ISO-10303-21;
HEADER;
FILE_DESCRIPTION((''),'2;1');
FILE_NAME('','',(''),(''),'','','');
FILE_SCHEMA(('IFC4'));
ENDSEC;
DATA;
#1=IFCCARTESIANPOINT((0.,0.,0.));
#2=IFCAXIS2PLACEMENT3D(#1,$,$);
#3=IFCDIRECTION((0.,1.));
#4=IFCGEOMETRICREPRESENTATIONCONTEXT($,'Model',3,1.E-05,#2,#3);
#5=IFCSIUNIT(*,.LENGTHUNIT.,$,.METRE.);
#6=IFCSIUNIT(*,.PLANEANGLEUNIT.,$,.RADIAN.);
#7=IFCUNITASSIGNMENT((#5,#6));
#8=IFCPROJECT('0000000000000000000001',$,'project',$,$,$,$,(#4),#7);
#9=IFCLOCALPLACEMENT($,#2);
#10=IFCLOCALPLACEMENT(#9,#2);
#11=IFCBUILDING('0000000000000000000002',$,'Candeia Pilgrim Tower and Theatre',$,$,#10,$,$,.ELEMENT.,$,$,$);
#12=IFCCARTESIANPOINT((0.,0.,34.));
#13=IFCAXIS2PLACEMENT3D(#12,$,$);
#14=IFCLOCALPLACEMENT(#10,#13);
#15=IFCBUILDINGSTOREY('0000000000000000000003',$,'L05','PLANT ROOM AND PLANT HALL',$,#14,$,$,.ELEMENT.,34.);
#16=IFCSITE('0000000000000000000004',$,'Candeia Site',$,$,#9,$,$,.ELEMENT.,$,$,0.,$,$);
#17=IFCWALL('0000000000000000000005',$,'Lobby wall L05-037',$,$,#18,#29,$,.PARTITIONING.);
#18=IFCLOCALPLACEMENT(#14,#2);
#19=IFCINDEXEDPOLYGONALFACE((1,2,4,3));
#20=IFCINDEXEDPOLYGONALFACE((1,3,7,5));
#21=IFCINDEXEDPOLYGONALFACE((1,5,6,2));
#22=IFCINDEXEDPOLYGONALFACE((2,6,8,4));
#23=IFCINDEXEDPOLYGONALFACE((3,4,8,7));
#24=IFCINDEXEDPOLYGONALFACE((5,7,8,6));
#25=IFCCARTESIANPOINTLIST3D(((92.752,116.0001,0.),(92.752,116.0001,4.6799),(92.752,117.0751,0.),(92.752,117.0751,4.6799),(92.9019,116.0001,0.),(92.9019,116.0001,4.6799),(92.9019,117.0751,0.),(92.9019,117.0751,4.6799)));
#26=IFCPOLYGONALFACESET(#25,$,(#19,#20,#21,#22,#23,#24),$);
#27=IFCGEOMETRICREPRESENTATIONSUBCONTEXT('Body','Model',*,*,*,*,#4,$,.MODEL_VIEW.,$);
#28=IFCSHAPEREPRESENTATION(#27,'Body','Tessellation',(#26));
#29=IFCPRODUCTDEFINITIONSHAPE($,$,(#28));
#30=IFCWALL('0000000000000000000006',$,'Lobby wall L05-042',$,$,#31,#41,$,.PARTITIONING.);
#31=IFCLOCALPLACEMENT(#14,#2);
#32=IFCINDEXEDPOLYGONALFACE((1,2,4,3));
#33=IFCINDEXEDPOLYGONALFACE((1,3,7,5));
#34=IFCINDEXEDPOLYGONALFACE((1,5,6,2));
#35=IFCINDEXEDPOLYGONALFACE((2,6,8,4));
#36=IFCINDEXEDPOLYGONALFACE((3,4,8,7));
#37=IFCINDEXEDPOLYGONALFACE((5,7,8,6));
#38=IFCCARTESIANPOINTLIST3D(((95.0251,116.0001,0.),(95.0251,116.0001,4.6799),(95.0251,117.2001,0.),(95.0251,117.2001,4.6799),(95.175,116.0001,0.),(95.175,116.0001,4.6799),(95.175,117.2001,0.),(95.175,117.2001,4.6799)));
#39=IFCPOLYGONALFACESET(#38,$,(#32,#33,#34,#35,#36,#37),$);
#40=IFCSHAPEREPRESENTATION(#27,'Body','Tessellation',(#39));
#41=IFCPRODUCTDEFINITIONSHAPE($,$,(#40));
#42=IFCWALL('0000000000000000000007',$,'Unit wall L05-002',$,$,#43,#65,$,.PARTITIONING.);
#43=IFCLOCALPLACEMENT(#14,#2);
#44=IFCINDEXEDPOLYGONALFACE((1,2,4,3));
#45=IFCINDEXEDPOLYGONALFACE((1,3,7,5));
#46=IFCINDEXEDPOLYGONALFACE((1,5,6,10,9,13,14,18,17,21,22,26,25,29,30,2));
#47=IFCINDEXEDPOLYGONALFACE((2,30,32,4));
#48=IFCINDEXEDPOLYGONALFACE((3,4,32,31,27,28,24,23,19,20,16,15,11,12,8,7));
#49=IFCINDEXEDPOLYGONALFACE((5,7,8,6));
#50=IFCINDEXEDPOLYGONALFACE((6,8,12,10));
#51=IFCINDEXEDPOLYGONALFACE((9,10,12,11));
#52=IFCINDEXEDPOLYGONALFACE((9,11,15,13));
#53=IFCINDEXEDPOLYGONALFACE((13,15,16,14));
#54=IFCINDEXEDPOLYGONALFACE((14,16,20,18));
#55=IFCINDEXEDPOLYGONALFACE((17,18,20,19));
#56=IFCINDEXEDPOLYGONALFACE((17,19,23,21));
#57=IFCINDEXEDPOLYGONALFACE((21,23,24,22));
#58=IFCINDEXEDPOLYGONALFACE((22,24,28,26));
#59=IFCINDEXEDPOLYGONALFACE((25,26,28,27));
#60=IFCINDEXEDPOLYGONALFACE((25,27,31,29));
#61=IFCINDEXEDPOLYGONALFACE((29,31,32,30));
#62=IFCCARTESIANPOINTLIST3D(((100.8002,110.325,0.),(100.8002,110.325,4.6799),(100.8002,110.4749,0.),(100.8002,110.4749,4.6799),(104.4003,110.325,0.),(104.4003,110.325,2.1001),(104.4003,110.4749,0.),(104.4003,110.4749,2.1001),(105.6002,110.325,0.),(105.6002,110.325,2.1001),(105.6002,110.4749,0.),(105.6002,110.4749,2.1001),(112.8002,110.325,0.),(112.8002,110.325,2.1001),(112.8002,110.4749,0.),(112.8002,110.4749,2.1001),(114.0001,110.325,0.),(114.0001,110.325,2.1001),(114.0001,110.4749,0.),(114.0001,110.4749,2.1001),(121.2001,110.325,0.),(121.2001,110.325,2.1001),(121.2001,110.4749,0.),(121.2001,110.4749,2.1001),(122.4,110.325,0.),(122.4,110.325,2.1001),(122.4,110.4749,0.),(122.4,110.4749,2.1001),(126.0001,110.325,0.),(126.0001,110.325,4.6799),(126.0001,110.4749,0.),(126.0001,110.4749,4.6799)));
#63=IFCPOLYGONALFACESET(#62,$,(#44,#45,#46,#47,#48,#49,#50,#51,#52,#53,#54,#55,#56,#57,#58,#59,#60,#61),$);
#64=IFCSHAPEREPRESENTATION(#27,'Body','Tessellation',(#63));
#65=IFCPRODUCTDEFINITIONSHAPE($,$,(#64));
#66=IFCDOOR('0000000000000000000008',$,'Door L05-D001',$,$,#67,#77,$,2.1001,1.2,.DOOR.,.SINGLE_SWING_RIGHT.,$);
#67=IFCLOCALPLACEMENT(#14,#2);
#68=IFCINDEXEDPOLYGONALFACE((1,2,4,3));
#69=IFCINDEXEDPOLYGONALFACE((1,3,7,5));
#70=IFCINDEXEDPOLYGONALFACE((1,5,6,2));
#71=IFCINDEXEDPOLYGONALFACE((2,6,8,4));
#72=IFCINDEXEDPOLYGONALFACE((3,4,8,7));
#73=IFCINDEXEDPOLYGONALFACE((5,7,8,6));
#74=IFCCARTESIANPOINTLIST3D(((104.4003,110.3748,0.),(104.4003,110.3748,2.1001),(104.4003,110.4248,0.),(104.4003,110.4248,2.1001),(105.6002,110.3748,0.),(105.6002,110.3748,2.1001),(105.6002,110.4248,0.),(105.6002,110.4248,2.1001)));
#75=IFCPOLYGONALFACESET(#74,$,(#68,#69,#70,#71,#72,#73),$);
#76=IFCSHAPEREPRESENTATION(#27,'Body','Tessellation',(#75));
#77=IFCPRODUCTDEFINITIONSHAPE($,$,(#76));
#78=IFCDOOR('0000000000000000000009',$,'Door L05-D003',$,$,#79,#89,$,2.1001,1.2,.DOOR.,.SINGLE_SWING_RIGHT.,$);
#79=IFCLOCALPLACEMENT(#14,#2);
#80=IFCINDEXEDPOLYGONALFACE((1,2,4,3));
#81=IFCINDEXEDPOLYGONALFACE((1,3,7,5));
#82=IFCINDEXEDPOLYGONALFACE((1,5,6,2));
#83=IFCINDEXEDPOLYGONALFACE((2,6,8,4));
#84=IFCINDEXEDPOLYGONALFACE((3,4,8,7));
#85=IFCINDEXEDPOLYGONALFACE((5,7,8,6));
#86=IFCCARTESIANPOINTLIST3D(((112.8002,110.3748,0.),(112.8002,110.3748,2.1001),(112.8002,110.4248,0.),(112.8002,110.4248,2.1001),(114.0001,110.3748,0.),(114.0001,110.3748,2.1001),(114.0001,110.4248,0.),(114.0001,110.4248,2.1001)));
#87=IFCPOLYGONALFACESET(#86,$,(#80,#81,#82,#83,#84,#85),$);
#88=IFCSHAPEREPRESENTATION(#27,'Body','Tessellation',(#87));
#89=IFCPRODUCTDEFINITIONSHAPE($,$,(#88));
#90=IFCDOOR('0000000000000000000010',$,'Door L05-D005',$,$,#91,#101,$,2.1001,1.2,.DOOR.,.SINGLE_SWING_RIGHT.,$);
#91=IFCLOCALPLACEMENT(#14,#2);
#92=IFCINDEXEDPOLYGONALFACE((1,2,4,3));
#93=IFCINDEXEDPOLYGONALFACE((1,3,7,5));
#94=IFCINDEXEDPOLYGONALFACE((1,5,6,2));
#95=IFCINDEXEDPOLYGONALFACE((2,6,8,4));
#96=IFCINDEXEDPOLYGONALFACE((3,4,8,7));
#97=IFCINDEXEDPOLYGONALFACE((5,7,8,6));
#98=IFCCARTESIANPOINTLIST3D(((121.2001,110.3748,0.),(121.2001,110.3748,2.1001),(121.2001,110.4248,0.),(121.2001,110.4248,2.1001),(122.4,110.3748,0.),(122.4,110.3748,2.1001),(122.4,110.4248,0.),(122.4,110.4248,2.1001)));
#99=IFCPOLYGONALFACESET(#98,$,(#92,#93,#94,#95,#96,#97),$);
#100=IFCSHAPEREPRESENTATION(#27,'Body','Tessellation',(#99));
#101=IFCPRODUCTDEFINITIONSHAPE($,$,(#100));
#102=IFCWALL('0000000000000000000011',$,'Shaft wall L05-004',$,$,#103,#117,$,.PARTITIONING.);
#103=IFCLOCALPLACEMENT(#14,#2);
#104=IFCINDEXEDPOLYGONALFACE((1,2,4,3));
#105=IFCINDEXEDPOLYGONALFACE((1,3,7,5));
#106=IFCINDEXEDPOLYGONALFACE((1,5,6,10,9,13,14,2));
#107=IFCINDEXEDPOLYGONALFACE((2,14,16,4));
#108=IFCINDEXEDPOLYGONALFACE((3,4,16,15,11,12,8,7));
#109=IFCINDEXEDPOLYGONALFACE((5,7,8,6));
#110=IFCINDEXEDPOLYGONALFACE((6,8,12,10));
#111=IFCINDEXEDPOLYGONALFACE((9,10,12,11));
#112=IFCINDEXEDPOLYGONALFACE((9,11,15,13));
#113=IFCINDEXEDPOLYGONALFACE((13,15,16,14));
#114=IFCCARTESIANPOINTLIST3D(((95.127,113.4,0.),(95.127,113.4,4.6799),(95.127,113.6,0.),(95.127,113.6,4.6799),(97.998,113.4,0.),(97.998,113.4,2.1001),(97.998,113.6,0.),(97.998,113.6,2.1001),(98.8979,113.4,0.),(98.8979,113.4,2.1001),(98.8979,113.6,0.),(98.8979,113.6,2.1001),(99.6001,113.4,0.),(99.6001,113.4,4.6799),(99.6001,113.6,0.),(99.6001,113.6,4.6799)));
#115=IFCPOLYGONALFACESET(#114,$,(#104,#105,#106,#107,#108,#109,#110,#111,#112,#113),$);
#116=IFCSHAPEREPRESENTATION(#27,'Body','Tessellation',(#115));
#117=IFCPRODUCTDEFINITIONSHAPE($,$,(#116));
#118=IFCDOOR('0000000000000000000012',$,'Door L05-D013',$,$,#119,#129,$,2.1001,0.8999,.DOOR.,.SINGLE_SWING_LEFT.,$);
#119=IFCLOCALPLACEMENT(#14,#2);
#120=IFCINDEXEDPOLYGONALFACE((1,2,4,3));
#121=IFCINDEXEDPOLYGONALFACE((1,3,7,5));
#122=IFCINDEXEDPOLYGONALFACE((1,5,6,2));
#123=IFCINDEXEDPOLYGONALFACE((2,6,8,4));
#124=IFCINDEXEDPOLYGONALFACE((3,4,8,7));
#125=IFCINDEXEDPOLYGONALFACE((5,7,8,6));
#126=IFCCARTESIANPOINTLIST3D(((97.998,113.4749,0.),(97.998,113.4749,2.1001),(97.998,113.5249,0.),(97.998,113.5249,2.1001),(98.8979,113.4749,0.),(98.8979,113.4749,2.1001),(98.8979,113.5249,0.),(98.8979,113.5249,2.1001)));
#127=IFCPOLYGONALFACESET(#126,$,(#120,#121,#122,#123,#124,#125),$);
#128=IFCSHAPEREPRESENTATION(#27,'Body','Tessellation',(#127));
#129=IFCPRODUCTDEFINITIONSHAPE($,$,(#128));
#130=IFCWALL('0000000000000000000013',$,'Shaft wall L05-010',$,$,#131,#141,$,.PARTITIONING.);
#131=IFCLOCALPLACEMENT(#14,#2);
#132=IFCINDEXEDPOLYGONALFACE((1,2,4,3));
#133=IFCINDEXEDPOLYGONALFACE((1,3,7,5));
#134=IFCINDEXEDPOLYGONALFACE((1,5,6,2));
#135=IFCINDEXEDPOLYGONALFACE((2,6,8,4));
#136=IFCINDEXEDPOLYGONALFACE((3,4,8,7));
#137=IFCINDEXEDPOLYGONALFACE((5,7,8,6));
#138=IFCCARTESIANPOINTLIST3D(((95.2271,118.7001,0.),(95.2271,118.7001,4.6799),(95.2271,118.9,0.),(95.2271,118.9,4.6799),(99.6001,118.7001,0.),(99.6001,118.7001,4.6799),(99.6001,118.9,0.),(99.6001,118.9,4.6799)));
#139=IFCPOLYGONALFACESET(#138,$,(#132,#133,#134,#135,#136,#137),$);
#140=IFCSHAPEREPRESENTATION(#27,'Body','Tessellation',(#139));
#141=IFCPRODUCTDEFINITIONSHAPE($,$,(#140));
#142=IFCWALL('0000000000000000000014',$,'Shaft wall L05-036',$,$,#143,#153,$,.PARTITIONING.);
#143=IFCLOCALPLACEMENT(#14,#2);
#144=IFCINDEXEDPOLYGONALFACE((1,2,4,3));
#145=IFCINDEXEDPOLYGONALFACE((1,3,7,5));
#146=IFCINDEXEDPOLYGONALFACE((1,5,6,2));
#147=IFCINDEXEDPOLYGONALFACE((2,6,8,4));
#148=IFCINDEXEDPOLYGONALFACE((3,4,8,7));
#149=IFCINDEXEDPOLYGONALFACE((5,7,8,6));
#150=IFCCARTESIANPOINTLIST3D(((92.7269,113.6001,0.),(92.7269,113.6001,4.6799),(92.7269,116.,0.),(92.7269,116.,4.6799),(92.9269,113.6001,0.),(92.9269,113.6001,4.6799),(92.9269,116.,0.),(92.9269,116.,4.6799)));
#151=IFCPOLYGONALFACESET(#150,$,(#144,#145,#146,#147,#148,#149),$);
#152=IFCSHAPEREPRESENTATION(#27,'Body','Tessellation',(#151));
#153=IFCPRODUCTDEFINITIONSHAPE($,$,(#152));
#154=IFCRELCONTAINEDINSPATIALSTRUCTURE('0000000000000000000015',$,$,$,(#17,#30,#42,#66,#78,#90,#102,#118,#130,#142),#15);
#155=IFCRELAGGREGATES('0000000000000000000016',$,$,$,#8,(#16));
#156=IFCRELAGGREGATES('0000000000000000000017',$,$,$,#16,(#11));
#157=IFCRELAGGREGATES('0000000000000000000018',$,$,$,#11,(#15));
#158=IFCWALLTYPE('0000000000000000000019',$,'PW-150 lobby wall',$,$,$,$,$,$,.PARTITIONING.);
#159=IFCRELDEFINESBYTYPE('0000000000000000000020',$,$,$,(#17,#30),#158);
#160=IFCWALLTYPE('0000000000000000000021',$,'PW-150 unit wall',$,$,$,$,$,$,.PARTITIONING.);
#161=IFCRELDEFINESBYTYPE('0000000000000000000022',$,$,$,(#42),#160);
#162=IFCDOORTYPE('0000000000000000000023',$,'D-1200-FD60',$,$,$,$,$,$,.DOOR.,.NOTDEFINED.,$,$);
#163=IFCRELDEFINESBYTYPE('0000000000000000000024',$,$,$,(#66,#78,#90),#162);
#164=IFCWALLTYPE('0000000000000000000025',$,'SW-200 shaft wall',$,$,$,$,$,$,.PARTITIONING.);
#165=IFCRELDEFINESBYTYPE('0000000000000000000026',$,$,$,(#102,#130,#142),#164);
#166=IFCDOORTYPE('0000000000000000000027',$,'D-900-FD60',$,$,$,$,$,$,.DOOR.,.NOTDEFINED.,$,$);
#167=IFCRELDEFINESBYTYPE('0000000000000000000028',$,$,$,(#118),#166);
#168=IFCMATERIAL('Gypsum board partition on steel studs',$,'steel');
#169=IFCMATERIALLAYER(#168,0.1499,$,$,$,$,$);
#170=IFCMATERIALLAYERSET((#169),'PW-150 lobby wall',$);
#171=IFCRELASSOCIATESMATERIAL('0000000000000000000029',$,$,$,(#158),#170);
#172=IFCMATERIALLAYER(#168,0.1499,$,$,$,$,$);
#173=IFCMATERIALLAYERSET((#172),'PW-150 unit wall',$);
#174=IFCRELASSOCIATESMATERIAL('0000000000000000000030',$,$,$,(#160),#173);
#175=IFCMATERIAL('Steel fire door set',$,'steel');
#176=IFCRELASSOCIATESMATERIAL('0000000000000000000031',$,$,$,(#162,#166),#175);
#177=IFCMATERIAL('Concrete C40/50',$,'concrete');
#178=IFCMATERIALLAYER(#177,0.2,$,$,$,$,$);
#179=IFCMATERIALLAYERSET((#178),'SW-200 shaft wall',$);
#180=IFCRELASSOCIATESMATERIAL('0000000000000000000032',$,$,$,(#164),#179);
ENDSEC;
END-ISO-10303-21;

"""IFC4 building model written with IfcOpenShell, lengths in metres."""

from ifc_helpers import new_model, si_unit, direction, frame, frame_2d, origin, place, context, subcontext, project, spatial, rectangle, extrude, material, layer, layer_set, type_object, element, fill, save


model = new_model("IFC4")

# Units and contexts
model_context = context("Model", 3, precision=1e-05, world=origin(), true_north=direction((0.0, 1.0)))
body_context = subcontext(model_context, "Body", "Model", "MODEL_VIEW")
ifc_project = project(units=[si_unit("LENGTHUNIT", "METRE"), si_unit("PLANEANGLEUNIT", "RADIAN")], contexts=[model_context])

# Site, building, storey
site_placement = place(None, origin())
site = spatial("IfcSite", under=ifc_project, at=site_placement, Name="Candeia Site", CompositionType="ELEMENT", RefElevation=0.0)
building_placement = place(site_placement, origin())
building = spatial("IfcBuilding", under=site, at=building_placement, Name="Candeia Pilgrim Tower and Theatre", CompositionType="ELEMENT")
storey_placement = place(building_placement, frame((0.0, 0.0, 34.0)))
storey = spatial("IfcBuildingStorey", under=building, at=storey_placement, Name="L05", Description="PLANT ROOM AND PLANT HALL", CompositionType="ELEMENT", Elevation=34.0)

# Shared definitions
ifc_material_1 = material(Name="Steel fire door set", Category="steel")

# Walls
ifc_material_2 = material(Name="Gypsum board partition on steel studs", Category="steel")
ifc_layer_1 = layer(ifc_material_2, 0.1499)
ifc_layer_set_1 = layer_set([ifc_layer_1], Name="PW-150 lobby wall")
wall_type_1 = type_object("IfcWallType", Name="PW-150 lobby wall", PredefinedType="PARTITIONING", material=ifc_layer_set_1)
wall_1_placement = place(storey_placement, frame((92.8269, 116.0, 0.0), z_axis=(0.0, 0.0, 1.0), x_axis=(0.0, 1.0, 0.0)))
element("IfcWall", 1, at=wall_1_placement, inside=storey, type_object=wall_type_1, Name="Lobby wall L05-037", PredefinedType="PARTITIONING", context=body_context, shape_type="SweptSolid", body=[
    extrude(rectangle(XDim=1.075, YDim=0.1499, at=frame_2d((0.5376, 0.0))), origin(), (0.0, 0.0, 1.0), 4.6799),
])
wall_2_placement = place(storey_placement, frame((95.1001, 116.0, 0.0), z_axis=(0.0, 0.0, 1.0), x_axis=(0.0, 1.0, 0.0)))
element("IfcWall", 2, at=wall_2_placement, inside=storey, type_object=wall_type_1, Name="Lobby wall L05-042", PredefinedType="PARTITIONING", context=body_context, shape_type="SweptSolid", body=[
    extrude(rectangle(XDim=1.2, YDim=0.1499, at=frame_2d((0.6001, 0.0))), origin(), (0.0, 0.0, 1.0), 4.6799),
])

# Wall, openings, doors
ifc_layer_2 = layer(ifc_material_2, 0.1499)
ifc_layer_set_2 = layer_set([ifc_layer_2], Name="PW-150 unit wall")
wall_type_2 = type_object("IfcWallType", Name="PW-150 unit wall", PredefinedType="PARTITIONING", material=ifc_layer_set_2)
wall_3_placement = place(storey_placement, frame((100.8, 110.3999, 0.0), z_axis=(0.0, 0.0, 1.0), x_axis=(1.0, 0.0, 0.0)))
wall_3 = element("IfcWall", 3, at=wall_3_placement, inside=storey, type_object=wall_type_2, Name="Unit wall L05-002", PredefinedType="PARTITIONING", context=body_context, shape_type="SweptSolid", body=[
    extrude(rectangle(XDim=25.2, YDim=0.1499, at=frame_2d((12.6001, 0.0))), origin(), (0.0, 0.0, 1.0), 4.6799),
])
opening_1_placement = place(wall_3_placement, frame((3.6001, 0.0, 0.0)))
opening_1 = element("IfcOpeningElement", 4, at=opening_1_placement, cuts=wall_3, PredefinedType="OPENING", context=body_context, shape_type="SweptSolid", body=[
    extrude(rectangle(XDim=1.2, YDim=2.1001, at=frame_2d((0.6001, 1.05))), frame((0.0, 0.085, 0.0), z_axis=(0.0, -1.0, 0.0), x_axis=(1.0, 0.0, 0.0)), (0.0, 0.0, 1.0), 0.1699),
])
opening_2_placement = place(wall_3_placement, frame((12.0, 0.0, 0.0)))
opening_2 = element("IfcOpeningElement", 5, at=opening_2_placement, cuts=wall_3, PredefinedType="OPENING", context=body_context, shape_type="SweptSolid", body=[
    extrude(rectangle(XDim=1.2, YDim=2.1001, at=frame_2d((0.6001, 1.05))), frame((0.0, 0.085, 0.0), z_axis=(0.0, -1.0, 0.0), x_axis=(1.0, 0.0, 0.0)), (0.0, 0.0, 1.0), 0.1699),
])
opening_3_placement = place(wall_3_placement, frame((20.3999, 0.0, 0.0)))
opening_3 = element("IfcOpeningElement", 6, at=opening_3_placement, cuts=wall_3, PredefinedType="OPENING", context=body_context, shape_type="SweptSolid", body=[
    extrude(rectangle(XDim=1.2, YDim=2.1001, at=frame_2d((0.6001, 1.05))), frame((0.0, 0.085, 0.0), z_axis=(0.0, -1.0, 0.0), x_axis=(1.0, 0.0, 0.0)), (0.0, 0.0, 1.0), 0.1699),
])
door_type_1 = type_object("IfcDoorType", Name="D-1200-FD60", OperationType="NOTDEFINED", PredefinedType="DOOR", material=ifc_material_1)
door_1_placement = place(opening_1_placement, origin())
door_1 = element("IfcDoor", 7, at=door_1_placement, inside=storey, type_object=door_type_1, Name="Door L05-D001", OperationType="SINGLE_SWING_RIGHT", OverallHeight=2.1001, OverallWidth=1.2, PredefinedType="DOOR", context=body_context, shape_type="SweptSolid", body=[
    extrude(rectangle(XDim=1.2, YDim=2.1001, at=frame_2d((0.6001, 1.05))), frame((0.0, 0.0249, 0.0), z_axis=(0.0, -1.0, 0.0), x_axis=(1.0, 0.0, 0.0)), (0.0, 0.0, 1.0), 0.05),
])
fill(opening_1, door_1)
door_2_placement = place(opening_2_placement, origin())
door_2 = element("IfcDoor", 8, at=door_2_placement, inside=storey, type_object=door_type_1, Name="Door L05-D003", OperationType="SINGLE_SWING_RIGHT", OverallHeight=2.1001, OverallWidth=1.2, PredefinedType="DOOR", context=body_context, shape_type="SweptSolid", body=[
    extrude(rectangle(XDim=1.2, YDim=2.1001, at=frame_2d((0.6001, 1.05))), frame((0.0, 0.0249, 0.0), z_axis=(0.0, -1.0, 0.0), x_axis=(1.0, 0.0, 0.0)), (0.0, 0.0, 1.0), 0.05),
])
fill(opening_2, door_2)
door_3_placement = place(opening_3_placement, origin())
door_3 = element("IfcDoor", 9, at=door_3_placement, inside=storey, type_object=door_type_1, Name="Door L05-D005", OperationType="SINGLE_SWING_RIGHT", OverallHeight=2.1001, OverallWidth=1.2, PredefinedType="DOOR", context=body_context, shape_type="SweptSolid", body=[
    extrude(rectangle(XDim=1.2, YDim=2.1001, at=frame_2d((0.6001, 1.05))), frame((0.0, 0.0249, 0.0), z_axis=(0.0, -1.0, 0.0), x_axis=(1.0, 0.0, 0.0)), (0.0, 0.0, 1.0), 0.05),
])
fill(opening_3, door_3)

# Wall, opening, door
ifc_material_3 = material(Name="Concrete C40/50", Category="concrete")
ifc_layer_3 = layer(ifc_material_3, 0.2)
ifc_layer_set_3 = layer_set([ifc_layer_3], Name="SW-200 shaft wall")
wall_type_3 = type_object("IfcWallType", Name="SW-200 shaft wall", PredefinedType="PARTITIONING", material=ifc_layer_set_3)
wall_4_placement = place(storey_placement, frame((95.127, 113.5, 0.0), z_axis=(0.0, 0.0, 1.0), x_axis=(1.0, 0.0, 0.0)))
wall_4 = element("IfcWall", 10, at=wall_4_placement, inside=storey, type_object=wall_type_3, Name="Shaft wall L05-004", PredefinedType="PARTITIONING", context=body_context, shape_type="SweptSolid", body=[
    extrude(rectangle(XDim=4.4731, YDim=0.2, at=frame_2d((2.2366, 0.0))), origin(), (0.0, 0.0, 1.0), 4.6799),
])
opening_4_placement = place(wall_4_placement, frame((2.8711, 0.0, 0.0)))
opening_4 = element("IfcOpeningElement", 11, at=opening_4_placement, cuts=wall_4, PredefinedType="OPENING", context=body_context, shape_type="SweptSolid", body=[
    extrude(rectangle(XDim=0.8999, YDim=2.1001, at=frame_2d((0.45, 1.05))), frame((0.0, 0.1099, 0.0), z_axis=(0.0, -1.0, 0.0), x_axis=(1.0, 0.0, 0.0)), (0.0, 0.0, 1.0), 0.22),
])
door_type_2 = type_object("IfcDoorType", Name="D-900-FD60", OperationType="NOTDEFINED", PredefinedType="DOOR", material=ifc_material_1)
door_4_placement = place(opening_4_placement, origin())
door_4 = element("IfcDoor", 12, at=door_4_placement, inside=storey, type_object=door_type_2, Name="Door L05-D013", OperationType="SINGLE_SWING_LEFT", OverallHeight=2.1001, OverallWidth=0.8999, PredefinedType="DOOR", context=body_context, shape_type="SweptSolid", body=[
    extrude(rectangle(XDim=0.8999, YDim=2.1001, at=frame_2d((0.45, 1.05))), frame((0.0, 0.0249, 0.0), z_axis=(0.0, -1.0, 0.0), x_axis=(1.0, 0.0, 0.0)), (0.0, 0.0, 1.0), 0.05),
])
fill(opening_4, door_4)

# Walls
wall_5_placement = place(storey_placement, frame((95.2271, 118.8, 0.0), z_axis=(0.0, 0.0, 1.0), x_axis=(1.0, 0.0, 0.0)))
element("IfcWall", 13, at=wall_5_placement, inside=storey, type_object=wall_type_3, Name="Shaft wall L05-010", PredefinedType="PARTITIONING", context=body_context, shape_type="SweptSolid", body=[
    extrude(rectangle(XDim=4.373, YDim=0.2, at=frame_2d((2.1865, 0.0))), origin(), (0.0, 0.0, 1.0), 4.6799),
])
wall_6_placement = place(storey_placement, frame((92.8269, 113.6001, 0.0), z_axis=(0.0, 0.0, 1.0), x_axis=(0.0, 1.0, 0.0)))
element("IfcWall", 14, at=wall_6_placement, inside=storey, type_object=wall_type_3, Name="Shaft wall L05-036", PredefinedType="PARTITIONING", context=body_context, shape_type="SweptSolid", body=[
    extrude(rectangle(XDim=2.3999, YDim=0.2, at=frame_2d((1.2, 0.0))), origin(), (0.0, 0.0, 1.0), 4.6799),
])

save(model, "model.ifc")
